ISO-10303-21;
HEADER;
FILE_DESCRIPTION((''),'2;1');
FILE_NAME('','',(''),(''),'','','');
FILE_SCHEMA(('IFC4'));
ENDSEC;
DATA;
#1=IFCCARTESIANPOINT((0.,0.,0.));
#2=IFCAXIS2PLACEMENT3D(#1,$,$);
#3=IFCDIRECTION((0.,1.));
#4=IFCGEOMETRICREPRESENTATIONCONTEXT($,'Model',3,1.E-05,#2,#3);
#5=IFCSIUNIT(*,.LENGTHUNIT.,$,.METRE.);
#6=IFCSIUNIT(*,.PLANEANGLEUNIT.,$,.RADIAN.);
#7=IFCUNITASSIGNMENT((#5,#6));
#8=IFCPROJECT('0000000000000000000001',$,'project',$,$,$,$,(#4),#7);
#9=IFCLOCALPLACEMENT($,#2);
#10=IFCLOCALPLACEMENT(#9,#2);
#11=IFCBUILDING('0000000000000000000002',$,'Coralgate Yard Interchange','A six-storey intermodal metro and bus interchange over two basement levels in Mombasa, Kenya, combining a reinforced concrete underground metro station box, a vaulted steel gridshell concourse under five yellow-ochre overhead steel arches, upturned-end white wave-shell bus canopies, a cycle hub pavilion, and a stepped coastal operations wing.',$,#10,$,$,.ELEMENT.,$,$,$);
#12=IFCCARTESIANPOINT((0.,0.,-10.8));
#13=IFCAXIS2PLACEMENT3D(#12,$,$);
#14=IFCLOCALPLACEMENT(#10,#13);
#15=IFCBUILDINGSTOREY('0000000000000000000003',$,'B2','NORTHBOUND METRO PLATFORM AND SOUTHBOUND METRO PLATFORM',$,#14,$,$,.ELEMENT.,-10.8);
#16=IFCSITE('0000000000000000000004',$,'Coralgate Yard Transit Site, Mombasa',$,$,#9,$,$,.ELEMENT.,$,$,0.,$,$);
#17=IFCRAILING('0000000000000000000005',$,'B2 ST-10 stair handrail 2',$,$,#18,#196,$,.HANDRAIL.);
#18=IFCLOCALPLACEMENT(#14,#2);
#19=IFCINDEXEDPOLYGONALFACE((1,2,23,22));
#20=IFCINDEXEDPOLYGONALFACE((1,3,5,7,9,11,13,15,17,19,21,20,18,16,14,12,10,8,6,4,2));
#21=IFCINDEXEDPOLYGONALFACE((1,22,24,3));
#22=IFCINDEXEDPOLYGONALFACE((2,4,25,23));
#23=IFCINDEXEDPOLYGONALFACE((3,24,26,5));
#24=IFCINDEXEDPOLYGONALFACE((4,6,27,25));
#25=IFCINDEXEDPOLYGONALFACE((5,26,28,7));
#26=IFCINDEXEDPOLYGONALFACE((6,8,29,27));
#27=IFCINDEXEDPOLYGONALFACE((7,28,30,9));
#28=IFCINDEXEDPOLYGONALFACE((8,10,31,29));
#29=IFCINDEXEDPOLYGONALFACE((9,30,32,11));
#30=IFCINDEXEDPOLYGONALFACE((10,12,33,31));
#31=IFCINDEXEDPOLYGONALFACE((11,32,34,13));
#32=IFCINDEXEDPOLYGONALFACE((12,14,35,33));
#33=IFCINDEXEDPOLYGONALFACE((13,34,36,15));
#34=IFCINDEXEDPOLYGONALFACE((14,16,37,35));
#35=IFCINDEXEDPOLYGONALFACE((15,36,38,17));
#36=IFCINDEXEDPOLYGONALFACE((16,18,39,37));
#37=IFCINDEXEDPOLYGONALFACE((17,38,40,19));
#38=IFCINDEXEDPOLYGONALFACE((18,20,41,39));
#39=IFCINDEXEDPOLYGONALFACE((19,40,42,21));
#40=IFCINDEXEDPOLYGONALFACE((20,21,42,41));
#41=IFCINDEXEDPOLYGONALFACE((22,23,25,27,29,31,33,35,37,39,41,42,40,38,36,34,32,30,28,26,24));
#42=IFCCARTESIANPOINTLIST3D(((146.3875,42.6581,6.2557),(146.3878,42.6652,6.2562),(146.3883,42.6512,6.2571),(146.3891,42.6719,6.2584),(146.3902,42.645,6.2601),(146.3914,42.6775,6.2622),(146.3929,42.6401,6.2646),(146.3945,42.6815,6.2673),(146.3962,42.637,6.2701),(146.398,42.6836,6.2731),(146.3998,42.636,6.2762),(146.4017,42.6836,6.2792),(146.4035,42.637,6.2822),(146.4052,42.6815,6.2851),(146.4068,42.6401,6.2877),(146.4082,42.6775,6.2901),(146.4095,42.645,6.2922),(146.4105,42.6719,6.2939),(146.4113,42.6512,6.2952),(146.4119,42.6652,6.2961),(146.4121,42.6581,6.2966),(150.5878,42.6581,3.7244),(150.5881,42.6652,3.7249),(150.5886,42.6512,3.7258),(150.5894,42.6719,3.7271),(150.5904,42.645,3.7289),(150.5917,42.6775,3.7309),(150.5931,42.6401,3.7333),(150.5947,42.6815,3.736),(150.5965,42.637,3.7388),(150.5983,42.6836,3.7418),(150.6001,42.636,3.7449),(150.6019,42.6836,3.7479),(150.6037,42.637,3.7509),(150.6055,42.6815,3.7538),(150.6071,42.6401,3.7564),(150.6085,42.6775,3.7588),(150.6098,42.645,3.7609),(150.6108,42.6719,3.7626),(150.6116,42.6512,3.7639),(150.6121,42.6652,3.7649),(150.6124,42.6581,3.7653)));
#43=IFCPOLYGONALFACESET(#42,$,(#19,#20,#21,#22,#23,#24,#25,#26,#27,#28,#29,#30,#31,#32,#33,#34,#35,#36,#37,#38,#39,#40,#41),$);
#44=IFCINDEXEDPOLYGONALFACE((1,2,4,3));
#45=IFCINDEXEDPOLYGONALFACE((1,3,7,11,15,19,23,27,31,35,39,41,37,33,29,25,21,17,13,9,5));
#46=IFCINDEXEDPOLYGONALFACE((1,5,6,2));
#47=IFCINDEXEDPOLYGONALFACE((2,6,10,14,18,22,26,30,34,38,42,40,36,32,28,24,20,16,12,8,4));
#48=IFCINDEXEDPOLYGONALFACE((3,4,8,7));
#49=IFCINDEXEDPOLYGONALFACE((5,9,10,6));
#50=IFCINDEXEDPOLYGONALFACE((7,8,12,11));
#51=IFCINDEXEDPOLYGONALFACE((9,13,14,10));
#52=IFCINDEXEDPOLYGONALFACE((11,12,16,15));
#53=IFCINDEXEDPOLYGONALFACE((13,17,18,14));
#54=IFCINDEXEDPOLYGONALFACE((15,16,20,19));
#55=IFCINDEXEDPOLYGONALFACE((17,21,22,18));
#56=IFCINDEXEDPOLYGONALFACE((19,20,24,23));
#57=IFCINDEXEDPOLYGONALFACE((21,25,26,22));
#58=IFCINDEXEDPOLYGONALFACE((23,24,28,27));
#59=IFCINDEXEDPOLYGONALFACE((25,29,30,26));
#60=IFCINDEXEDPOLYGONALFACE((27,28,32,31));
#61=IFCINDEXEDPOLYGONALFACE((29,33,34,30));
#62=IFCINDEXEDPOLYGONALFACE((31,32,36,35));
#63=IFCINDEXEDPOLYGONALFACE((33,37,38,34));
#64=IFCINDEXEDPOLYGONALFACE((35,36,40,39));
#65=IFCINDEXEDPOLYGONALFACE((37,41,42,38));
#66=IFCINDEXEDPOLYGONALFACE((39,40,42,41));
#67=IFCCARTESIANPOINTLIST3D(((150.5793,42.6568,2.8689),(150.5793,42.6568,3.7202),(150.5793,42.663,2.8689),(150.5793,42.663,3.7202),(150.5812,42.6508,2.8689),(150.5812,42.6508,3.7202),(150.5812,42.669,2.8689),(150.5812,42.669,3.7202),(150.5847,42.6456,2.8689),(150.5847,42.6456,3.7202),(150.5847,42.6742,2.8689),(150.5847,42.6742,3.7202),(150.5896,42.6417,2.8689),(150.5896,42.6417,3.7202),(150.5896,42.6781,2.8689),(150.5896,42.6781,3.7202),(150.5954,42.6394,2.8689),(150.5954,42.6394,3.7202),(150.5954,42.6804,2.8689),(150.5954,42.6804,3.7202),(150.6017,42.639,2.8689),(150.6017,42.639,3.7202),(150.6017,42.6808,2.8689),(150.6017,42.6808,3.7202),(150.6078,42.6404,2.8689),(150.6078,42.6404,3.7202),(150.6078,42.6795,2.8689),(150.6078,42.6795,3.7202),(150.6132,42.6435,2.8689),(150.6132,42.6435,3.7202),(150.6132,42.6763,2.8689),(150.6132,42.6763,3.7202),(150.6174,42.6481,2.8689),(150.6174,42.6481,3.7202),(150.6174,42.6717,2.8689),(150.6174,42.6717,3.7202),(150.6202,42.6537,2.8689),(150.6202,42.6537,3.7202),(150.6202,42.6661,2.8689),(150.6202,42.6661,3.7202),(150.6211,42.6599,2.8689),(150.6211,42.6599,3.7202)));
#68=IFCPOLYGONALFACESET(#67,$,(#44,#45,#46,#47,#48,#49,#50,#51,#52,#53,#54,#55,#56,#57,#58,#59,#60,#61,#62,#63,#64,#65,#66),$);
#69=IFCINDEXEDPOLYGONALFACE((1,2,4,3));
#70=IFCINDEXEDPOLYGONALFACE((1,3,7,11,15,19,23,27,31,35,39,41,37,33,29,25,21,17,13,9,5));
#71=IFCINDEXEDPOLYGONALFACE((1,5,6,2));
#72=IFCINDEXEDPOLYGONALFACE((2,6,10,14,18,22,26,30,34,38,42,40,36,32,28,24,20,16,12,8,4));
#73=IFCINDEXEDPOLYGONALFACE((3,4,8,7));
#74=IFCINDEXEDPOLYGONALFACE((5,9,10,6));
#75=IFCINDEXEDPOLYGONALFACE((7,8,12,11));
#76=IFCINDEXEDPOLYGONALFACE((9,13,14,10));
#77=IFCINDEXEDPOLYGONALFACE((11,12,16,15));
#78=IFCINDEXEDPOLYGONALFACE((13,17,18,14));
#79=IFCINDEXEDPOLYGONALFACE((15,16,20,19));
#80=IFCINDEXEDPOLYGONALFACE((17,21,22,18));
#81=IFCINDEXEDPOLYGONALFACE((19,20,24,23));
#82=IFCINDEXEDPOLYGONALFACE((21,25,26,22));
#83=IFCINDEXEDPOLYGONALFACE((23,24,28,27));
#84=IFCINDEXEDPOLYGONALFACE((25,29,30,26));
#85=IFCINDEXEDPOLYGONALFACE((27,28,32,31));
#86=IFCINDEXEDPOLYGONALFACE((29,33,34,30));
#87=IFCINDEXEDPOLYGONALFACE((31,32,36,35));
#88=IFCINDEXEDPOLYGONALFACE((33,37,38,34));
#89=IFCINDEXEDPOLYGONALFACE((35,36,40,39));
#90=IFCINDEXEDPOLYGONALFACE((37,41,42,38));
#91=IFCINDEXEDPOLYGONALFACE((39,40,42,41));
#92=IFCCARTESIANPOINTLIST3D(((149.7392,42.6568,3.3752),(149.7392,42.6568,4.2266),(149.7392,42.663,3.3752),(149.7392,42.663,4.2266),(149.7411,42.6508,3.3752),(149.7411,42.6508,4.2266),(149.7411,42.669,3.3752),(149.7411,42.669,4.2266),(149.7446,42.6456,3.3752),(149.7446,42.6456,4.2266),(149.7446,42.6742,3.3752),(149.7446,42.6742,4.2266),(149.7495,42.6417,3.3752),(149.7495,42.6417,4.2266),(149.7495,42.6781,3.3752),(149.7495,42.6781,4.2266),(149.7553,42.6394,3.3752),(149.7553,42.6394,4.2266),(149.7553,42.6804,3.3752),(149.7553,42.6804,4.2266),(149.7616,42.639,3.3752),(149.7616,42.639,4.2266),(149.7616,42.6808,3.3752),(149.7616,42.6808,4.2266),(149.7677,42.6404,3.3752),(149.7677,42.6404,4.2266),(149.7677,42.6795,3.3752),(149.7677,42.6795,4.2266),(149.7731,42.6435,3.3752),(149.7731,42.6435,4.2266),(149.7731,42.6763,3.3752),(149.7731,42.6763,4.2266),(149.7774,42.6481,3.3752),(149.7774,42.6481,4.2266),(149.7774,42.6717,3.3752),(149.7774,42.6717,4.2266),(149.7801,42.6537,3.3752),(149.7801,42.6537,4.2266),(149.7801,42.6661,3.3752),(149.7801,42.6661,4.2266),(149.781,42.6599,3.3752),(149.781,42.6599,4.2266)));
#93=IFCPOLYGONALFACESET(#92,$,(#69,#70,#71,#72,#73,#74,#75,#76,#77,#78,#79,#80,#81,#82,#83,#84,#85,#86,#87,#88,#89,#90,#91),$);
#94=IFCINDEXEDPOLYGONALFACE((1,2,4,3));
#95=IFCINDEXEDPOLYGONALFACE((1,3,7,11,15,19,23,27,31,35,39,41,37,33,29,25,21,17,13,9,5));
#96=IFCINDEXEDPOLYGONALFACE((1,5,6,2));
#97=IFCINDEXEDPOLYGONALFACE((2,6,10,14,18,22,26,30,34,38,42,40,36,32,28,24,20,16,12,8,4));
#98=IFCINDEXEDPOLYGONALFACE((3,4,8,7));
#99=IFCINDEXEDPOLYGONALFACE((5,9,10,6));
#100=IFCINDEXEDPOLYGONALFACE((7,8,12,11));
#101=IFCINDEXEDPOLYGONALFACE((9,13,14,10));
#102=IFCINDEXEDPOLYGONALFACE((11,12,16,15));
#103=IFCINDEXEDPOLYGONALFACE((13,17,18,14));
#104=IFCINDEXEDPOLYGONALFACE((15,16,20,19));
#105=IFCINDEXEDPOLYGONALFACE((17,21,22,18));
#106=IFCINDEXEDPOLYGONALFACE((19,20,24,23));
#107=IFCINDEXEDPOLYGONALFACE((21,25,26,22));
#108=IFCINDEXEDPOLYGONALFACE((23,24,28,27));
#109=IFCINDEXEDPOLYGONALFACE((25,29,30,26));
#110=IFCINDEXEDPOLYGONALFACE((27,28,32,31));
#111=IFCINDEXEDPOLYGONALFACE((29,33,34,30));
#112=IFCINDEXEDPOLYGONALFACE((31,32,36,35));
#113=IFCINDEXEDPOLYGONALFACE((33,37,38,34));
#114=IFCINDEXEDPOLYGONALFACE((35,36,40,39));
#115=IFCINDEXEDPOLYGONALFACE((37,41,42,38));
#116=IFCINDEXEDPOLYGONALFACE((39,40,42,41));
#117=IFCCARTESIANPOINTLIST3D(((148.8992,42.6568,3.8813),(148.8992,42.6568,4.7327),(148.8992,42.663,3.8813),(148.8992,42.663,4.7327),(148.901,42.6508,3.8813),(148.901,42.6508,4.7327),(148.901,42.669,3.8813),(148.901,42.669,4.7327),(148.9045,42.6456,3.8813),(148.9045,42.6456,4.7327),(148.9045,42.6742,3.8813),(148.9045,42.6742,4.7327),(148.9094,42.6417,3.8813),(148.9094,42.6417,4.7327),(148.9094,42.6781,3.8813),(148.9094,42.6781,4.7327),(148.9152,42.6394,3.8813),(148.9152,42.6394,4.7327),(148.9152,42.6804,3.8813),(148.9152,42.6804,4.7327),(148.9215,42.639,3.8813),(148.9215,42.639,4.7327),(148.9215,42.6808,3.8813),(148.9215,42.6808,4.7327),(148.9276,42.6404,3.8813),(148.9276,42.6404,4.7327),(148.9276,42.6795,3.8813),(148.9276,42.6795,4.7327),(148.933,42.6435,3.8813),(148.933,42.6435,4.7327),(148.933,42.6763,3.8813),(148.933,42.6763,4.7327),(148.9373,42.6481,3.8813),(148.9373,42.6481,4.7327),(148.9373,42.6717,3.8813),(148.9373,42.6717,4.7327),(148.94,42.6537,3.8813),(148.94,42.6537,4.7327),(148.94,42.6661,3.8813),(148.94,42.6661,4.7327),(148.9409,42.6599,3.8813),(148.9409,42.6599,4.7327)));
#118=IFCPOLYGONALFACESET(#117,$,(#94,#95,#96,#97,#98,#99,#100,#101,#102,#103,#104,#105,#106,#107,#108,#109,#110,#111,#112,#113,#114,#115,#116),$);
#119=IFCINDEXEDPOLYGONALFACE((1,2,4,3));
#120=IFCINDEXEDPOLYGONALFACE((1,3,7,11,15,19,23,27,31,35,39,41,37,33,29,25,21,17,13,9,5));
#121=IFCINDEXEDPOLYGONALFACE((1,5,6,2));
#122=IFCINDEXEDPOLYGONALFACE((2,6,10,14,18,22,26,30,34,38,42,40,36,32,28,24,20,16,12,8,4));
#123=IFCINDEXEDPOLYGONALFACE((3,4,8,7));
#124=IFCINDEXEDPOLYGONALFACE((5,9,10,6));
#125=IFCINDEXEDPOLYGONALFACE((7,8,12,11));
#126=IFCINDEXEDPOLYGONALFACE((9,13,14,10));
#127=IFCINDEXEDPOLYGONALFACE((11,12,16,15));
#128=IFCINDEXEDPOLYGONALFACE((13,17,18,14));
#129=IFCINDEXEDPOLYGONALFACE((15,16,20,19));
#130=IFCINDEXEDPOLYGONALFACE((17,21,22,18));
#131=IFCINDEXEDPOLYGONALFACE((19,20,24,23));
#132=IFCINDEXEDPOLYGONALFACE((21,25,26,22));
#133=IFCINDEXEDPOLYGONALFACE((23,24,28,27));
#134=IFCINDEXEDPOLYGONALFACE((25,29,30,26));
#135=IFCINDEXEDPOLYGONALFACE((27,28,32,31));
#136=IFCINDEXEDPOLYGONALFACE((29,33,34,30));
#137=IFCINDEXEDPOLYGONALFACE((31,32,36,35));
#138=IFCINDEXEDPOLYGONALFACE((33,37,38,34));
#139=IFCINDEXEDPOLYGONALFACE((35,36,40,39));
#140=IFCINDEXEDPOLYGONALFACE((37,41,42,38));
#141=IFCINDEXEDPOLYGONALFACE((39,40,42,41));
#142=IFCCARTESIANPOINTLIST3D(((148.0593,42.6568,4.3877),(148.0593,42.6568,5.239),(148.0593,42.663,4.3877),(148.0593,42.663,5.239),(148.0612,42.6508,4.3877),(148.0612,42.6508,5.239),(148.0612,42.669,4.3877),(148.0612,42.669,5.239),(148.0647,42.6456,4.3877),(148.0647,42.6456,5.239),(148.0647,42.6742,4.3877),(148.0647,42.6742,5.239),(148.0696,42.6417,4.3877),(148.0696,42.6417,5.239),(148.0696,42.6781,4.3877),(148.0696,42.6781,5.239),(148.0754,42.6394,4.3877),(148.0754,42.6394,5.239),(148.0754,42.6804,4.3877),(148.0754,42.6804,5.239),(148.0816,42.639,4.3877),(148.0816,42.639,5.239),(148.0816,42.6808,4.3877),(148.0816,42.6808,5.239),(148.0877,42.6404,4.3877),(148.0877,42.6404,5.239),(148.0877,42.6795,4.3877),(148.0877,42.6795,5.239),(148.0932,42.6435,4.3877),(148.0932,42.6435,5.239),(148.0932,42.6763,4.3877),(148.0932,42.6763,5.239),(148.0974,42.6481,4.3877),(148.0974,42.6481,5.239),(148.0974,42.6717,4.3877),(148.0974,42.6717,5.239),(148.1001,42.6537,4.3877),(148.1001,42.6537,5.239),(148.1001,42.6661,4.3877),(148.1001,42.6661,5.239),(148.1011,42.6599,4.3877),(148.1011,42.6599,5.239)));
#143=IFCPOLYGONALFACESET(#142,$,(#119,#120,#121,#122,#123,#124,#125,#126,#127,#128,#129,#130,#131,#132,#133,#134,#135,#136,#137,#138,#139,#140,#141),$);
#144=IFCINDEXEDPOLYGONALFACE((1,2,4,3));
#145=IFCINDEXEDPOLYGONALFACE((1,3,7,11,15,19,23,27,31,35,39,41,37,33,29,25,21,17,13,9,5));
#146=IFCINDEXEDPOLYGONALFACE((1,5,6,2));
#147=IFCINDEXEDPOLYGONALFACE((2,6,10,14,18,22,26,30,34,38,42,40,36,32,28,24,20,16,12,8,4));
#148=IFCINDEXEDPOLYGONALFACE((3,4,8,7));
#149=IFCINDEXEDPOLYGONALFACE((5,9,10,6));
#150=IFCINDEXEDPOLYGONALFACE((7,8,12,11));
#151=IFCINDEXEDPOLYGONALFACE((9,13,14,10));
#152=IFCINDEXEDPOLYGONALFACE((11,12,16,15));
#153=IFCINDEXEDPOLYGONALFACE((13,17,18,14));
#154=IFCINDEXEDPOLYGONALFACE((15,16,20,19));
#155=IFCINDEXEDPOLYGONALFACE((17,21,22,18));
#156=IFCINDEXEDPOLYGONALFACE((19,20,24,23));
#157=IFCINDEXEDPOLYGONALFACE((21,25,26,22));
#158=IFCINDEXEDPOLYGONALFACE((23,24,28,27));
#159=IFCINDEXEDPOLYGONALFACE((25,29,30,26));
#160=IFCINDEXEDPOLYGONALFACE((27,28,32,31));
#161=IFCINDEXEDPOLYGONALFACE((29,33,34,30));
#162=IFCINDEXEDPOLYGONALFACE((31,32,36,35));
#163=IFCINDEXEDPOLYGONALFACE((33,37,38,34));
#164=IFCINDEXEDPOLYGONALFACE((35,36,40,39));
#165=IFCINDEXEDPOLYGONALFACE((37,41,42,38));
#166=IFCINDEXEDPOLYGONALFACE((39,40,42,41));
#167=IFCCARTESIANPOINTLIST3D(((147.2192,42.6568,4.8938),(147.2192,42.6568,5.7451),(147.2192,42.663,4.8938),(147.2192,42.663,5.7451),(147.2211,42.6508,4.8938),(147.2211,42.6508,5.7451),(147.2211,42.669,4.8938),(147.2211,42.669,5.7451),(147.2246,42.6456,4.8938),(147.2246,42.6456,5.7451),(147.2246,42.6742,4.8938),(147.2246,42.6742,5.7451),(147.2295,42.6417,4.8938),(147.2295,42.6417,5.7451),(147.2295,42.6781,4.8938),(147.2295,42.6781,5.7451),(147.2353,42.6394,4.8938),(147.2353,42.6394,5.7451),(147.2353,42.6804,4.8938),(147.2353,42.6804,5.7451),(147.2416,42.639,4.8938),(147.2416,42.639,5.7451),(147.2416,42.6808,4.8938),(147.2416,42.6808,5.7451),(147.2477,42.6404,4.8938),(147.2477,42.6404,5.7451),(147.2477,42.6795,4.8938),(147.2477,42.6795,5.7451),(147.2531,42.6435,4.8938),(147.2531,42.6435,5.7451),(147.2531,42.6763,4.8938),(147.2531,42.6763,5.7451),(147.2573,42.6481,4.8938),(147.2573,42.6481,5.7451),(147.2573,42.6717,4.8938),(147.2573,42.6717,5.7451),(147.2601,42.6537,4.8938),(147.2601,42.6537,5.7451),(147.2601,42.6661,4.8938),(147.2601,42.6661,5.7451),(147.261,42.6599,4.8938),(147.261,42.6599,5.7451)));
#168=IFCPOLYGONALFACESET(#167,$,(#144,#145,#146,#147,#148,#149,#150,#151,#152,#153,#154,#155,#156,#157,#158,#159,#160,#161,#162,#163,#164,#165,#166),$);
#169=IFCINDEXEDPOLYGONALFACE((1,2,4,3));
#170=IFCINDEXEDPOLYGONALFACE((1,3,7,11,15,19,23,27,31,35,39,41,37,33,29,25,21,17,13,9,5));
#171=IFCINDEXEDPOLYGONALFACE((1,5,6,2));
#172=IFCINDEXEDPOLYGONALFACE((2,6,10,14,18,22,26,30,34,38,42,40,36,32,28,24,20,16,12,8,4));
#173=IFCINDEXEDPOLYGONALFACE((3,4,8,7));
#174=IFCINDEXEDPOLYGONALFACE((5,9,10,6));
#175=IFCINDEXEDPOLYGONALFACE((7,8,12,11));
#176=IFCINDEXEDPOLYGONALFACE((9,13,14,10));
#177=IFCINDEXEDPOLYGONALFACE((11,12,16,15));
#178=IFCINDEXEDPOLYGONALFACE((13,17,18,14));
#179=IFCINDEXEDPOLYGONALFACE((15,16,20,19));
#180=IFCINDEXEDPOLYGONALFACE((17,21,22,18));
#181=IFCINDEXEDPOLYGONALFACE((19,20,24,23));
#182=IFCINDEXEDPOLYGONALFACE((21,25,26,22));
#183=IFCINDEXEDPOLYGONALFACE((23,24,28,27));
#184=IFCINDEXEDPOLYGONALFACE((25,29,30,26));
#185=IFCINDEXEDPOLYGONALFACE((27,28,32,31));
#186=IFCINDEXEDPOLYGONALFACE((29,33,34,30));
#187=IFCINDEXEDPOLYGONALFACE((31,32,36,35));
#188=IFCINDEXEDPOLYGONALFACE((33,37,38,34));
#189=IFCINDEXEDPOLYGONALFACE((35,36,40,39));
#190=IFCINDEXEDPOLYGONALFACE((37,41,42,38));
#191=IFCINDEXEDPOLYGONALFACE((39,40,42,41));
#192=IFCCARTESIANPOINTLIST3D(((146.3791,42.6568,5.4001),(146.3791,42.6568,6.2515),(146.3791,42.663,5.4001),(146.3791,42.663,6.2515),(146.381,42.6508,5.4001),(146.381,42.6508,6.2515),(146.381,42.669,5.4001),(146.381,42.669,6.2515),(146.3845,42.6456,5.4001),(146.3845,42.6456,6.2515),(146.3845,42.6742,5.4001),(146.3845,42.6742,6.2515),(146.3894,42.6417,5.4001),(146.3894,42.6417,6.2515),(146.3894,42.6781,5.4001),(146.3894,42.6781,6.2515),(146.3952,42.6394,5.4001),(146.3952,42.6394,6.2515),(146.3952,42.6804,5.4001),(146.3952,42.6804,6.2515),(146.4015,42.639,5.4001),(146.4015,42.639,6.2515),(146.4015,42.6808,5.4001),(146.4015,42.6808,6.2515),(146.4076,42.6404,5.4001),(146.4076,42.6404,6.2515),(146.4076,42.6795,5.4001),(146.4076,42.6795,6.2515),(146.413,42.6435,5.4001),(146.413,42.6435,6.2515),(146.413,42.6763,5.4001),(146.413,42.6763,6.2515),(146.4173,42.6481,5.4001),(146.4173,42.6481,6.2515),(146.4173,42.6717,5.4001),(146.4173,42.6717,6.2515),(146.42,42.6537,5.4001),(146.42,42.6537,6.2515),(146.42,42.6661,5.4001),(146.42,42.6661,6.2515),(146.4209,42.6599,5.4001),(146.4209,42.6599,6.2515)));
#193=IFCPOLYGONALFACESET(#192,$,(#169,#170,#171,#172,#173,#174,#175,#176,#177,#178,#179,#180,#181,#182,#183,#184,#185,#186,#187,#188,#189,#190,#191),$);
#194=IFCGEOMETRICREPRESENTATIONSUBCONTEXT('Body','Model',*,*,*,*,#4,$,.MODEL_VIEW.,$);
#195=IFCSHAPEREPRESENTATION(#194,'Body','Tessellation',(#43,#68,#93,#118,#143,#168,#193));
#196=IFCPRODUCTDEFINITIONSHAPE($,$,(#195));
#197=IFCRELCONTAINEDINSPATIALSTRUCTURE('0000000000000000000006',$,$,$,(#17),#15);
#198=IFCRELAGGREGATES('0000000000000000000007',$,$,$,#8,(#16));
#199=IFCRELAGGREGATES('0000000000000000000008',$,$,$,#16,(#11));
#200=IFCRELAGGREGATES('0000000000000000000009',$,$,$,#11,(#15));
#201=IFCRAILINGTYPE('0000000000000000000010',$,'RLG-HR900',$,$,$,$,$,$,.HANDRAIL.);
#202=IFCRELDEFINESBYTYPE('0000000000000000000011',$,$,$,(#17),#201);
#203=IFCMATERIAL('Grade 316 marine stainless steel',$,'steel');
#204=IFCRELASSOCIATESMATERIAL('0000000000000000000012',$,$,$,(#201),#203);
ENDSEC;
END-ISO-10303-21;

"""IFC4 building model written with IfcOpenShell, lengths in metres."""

from ifc_helpers import new_model, si_unit, direction, frame, origin, origin_2d, place, context, subcontext, project, spatial, circle, extrude, material, type_object, element, save


model = new_model("IFC4")

# Units and contexts
model_context = context("Model", 3, precision=1e-05, world=origin(), true_north=direction((0.0, 1.0)))
body_context = subcontext(model_context, "Body", "Model", "MODEL_VIEW")
ifc_project = project(units=[si_unit("LENGTHUNIT", "METRE"), si_unit("PLANEANGLEUNIT", "RADIAN")], contexts=[model_context])

# Site, building, storey
site_placement = place(None, origin())
site = spatial("IfcSite", under=ifc_project, at=site_placement, Name="Coralgate Yard Transit Site, Mombasa", CompositionType="ELEMENT", RefElevation=0.0)
building_placement = place(site_placement, origin())
building = spatial("IfcBuilding", under=site, at=building_placement, Name="Coralgate Yard Interchange", Description="A six-storey intermodal metro and bus interchange over two basement levels in Mombasa, Kenya, combining a reinforced concrete underground metro station box, a vaulted steel gridshell concourse under five yellow-ochre overhead steel arches, upturned-end white wave-shell bus canopies, a cycle hub pavilion, and a stepped coastal operations wing.", CompositionType="ELEMENT")
storey_placement = place(building_placement, frame((0.0, 0.0, -10.8)))
storey = spatial("IfcBuildingStorey", under=building, at=storey_placement, Name="B2", Description="NORTHBOUND METRO PLATFORM AND SOUTHBOUND METRO PLATFORM", CompositionType="ELEMENT", Elevation=-10.8)

# Railing
ifc_material_1 = material(Name="Grade 316 marine stainless steel", Category="steel")
railing_type_1 = type_object("IfcRailingType", Name="RLG-HR900", PredefinedType="HANDRAIL", material=ifc_material_1)
railing_1_placement = place(storey_placement, frame((150.6001, 42.6599, 2.8689)))
element("IfcRailing", 1, at=railing_1_placement, inside=storey, type_object=railing_type_1, Name="B2 ST-10 stair handrail 2", PredefinedType="HANDRAIL", context=body_context, shape_type="SweptSolid", body=[
    extrude(circle(Radius=0.0239, at=origin_2d()), frame((0.0, 0.0, 0.876), z_axis=(-0.85649, 0.0, 0.516164), x_axis=(0.0, -1.0, 0.0)), (0.0, 0.0, 1.0), 4.9041),
    extrude(circle(Radius=0.021, at=origin_2d()), origin(), (0.0, 0.0, 1.0), 0.8513),
    extrude(circle(Radius=0.021, at=origin_2d()), frame((-0.8401, 0.0, 0.5063)), (0.0, 0.0, 1.0), 0.8513),
    extrude(circle(Radius=0.021, at=origin_2d()), frame((-1.6802, 0.0, 1.0125)), (0.0, 0.0, 1.0), 0.8513),
    extrude(circle(Radius=0.021, at=origin_2d()), frame((-2.52, 0.0, 1.5188)), (0.0, 0.0, 1.0), 0.8513),
    extrude(circle(Radius=0.021, at=origin_2d()), frame((-3.3601, 0.0, 2.0249)), (0.0, 0.0, 1.0), 0.8513),
    extrude(circle(Radius=0.021, at=origin_2d()), frame((-4.2002, 0.0, 2.5312)), (0.0, 0.0, 1.0), 0.8513),
])

save(model, "model.ifc")
